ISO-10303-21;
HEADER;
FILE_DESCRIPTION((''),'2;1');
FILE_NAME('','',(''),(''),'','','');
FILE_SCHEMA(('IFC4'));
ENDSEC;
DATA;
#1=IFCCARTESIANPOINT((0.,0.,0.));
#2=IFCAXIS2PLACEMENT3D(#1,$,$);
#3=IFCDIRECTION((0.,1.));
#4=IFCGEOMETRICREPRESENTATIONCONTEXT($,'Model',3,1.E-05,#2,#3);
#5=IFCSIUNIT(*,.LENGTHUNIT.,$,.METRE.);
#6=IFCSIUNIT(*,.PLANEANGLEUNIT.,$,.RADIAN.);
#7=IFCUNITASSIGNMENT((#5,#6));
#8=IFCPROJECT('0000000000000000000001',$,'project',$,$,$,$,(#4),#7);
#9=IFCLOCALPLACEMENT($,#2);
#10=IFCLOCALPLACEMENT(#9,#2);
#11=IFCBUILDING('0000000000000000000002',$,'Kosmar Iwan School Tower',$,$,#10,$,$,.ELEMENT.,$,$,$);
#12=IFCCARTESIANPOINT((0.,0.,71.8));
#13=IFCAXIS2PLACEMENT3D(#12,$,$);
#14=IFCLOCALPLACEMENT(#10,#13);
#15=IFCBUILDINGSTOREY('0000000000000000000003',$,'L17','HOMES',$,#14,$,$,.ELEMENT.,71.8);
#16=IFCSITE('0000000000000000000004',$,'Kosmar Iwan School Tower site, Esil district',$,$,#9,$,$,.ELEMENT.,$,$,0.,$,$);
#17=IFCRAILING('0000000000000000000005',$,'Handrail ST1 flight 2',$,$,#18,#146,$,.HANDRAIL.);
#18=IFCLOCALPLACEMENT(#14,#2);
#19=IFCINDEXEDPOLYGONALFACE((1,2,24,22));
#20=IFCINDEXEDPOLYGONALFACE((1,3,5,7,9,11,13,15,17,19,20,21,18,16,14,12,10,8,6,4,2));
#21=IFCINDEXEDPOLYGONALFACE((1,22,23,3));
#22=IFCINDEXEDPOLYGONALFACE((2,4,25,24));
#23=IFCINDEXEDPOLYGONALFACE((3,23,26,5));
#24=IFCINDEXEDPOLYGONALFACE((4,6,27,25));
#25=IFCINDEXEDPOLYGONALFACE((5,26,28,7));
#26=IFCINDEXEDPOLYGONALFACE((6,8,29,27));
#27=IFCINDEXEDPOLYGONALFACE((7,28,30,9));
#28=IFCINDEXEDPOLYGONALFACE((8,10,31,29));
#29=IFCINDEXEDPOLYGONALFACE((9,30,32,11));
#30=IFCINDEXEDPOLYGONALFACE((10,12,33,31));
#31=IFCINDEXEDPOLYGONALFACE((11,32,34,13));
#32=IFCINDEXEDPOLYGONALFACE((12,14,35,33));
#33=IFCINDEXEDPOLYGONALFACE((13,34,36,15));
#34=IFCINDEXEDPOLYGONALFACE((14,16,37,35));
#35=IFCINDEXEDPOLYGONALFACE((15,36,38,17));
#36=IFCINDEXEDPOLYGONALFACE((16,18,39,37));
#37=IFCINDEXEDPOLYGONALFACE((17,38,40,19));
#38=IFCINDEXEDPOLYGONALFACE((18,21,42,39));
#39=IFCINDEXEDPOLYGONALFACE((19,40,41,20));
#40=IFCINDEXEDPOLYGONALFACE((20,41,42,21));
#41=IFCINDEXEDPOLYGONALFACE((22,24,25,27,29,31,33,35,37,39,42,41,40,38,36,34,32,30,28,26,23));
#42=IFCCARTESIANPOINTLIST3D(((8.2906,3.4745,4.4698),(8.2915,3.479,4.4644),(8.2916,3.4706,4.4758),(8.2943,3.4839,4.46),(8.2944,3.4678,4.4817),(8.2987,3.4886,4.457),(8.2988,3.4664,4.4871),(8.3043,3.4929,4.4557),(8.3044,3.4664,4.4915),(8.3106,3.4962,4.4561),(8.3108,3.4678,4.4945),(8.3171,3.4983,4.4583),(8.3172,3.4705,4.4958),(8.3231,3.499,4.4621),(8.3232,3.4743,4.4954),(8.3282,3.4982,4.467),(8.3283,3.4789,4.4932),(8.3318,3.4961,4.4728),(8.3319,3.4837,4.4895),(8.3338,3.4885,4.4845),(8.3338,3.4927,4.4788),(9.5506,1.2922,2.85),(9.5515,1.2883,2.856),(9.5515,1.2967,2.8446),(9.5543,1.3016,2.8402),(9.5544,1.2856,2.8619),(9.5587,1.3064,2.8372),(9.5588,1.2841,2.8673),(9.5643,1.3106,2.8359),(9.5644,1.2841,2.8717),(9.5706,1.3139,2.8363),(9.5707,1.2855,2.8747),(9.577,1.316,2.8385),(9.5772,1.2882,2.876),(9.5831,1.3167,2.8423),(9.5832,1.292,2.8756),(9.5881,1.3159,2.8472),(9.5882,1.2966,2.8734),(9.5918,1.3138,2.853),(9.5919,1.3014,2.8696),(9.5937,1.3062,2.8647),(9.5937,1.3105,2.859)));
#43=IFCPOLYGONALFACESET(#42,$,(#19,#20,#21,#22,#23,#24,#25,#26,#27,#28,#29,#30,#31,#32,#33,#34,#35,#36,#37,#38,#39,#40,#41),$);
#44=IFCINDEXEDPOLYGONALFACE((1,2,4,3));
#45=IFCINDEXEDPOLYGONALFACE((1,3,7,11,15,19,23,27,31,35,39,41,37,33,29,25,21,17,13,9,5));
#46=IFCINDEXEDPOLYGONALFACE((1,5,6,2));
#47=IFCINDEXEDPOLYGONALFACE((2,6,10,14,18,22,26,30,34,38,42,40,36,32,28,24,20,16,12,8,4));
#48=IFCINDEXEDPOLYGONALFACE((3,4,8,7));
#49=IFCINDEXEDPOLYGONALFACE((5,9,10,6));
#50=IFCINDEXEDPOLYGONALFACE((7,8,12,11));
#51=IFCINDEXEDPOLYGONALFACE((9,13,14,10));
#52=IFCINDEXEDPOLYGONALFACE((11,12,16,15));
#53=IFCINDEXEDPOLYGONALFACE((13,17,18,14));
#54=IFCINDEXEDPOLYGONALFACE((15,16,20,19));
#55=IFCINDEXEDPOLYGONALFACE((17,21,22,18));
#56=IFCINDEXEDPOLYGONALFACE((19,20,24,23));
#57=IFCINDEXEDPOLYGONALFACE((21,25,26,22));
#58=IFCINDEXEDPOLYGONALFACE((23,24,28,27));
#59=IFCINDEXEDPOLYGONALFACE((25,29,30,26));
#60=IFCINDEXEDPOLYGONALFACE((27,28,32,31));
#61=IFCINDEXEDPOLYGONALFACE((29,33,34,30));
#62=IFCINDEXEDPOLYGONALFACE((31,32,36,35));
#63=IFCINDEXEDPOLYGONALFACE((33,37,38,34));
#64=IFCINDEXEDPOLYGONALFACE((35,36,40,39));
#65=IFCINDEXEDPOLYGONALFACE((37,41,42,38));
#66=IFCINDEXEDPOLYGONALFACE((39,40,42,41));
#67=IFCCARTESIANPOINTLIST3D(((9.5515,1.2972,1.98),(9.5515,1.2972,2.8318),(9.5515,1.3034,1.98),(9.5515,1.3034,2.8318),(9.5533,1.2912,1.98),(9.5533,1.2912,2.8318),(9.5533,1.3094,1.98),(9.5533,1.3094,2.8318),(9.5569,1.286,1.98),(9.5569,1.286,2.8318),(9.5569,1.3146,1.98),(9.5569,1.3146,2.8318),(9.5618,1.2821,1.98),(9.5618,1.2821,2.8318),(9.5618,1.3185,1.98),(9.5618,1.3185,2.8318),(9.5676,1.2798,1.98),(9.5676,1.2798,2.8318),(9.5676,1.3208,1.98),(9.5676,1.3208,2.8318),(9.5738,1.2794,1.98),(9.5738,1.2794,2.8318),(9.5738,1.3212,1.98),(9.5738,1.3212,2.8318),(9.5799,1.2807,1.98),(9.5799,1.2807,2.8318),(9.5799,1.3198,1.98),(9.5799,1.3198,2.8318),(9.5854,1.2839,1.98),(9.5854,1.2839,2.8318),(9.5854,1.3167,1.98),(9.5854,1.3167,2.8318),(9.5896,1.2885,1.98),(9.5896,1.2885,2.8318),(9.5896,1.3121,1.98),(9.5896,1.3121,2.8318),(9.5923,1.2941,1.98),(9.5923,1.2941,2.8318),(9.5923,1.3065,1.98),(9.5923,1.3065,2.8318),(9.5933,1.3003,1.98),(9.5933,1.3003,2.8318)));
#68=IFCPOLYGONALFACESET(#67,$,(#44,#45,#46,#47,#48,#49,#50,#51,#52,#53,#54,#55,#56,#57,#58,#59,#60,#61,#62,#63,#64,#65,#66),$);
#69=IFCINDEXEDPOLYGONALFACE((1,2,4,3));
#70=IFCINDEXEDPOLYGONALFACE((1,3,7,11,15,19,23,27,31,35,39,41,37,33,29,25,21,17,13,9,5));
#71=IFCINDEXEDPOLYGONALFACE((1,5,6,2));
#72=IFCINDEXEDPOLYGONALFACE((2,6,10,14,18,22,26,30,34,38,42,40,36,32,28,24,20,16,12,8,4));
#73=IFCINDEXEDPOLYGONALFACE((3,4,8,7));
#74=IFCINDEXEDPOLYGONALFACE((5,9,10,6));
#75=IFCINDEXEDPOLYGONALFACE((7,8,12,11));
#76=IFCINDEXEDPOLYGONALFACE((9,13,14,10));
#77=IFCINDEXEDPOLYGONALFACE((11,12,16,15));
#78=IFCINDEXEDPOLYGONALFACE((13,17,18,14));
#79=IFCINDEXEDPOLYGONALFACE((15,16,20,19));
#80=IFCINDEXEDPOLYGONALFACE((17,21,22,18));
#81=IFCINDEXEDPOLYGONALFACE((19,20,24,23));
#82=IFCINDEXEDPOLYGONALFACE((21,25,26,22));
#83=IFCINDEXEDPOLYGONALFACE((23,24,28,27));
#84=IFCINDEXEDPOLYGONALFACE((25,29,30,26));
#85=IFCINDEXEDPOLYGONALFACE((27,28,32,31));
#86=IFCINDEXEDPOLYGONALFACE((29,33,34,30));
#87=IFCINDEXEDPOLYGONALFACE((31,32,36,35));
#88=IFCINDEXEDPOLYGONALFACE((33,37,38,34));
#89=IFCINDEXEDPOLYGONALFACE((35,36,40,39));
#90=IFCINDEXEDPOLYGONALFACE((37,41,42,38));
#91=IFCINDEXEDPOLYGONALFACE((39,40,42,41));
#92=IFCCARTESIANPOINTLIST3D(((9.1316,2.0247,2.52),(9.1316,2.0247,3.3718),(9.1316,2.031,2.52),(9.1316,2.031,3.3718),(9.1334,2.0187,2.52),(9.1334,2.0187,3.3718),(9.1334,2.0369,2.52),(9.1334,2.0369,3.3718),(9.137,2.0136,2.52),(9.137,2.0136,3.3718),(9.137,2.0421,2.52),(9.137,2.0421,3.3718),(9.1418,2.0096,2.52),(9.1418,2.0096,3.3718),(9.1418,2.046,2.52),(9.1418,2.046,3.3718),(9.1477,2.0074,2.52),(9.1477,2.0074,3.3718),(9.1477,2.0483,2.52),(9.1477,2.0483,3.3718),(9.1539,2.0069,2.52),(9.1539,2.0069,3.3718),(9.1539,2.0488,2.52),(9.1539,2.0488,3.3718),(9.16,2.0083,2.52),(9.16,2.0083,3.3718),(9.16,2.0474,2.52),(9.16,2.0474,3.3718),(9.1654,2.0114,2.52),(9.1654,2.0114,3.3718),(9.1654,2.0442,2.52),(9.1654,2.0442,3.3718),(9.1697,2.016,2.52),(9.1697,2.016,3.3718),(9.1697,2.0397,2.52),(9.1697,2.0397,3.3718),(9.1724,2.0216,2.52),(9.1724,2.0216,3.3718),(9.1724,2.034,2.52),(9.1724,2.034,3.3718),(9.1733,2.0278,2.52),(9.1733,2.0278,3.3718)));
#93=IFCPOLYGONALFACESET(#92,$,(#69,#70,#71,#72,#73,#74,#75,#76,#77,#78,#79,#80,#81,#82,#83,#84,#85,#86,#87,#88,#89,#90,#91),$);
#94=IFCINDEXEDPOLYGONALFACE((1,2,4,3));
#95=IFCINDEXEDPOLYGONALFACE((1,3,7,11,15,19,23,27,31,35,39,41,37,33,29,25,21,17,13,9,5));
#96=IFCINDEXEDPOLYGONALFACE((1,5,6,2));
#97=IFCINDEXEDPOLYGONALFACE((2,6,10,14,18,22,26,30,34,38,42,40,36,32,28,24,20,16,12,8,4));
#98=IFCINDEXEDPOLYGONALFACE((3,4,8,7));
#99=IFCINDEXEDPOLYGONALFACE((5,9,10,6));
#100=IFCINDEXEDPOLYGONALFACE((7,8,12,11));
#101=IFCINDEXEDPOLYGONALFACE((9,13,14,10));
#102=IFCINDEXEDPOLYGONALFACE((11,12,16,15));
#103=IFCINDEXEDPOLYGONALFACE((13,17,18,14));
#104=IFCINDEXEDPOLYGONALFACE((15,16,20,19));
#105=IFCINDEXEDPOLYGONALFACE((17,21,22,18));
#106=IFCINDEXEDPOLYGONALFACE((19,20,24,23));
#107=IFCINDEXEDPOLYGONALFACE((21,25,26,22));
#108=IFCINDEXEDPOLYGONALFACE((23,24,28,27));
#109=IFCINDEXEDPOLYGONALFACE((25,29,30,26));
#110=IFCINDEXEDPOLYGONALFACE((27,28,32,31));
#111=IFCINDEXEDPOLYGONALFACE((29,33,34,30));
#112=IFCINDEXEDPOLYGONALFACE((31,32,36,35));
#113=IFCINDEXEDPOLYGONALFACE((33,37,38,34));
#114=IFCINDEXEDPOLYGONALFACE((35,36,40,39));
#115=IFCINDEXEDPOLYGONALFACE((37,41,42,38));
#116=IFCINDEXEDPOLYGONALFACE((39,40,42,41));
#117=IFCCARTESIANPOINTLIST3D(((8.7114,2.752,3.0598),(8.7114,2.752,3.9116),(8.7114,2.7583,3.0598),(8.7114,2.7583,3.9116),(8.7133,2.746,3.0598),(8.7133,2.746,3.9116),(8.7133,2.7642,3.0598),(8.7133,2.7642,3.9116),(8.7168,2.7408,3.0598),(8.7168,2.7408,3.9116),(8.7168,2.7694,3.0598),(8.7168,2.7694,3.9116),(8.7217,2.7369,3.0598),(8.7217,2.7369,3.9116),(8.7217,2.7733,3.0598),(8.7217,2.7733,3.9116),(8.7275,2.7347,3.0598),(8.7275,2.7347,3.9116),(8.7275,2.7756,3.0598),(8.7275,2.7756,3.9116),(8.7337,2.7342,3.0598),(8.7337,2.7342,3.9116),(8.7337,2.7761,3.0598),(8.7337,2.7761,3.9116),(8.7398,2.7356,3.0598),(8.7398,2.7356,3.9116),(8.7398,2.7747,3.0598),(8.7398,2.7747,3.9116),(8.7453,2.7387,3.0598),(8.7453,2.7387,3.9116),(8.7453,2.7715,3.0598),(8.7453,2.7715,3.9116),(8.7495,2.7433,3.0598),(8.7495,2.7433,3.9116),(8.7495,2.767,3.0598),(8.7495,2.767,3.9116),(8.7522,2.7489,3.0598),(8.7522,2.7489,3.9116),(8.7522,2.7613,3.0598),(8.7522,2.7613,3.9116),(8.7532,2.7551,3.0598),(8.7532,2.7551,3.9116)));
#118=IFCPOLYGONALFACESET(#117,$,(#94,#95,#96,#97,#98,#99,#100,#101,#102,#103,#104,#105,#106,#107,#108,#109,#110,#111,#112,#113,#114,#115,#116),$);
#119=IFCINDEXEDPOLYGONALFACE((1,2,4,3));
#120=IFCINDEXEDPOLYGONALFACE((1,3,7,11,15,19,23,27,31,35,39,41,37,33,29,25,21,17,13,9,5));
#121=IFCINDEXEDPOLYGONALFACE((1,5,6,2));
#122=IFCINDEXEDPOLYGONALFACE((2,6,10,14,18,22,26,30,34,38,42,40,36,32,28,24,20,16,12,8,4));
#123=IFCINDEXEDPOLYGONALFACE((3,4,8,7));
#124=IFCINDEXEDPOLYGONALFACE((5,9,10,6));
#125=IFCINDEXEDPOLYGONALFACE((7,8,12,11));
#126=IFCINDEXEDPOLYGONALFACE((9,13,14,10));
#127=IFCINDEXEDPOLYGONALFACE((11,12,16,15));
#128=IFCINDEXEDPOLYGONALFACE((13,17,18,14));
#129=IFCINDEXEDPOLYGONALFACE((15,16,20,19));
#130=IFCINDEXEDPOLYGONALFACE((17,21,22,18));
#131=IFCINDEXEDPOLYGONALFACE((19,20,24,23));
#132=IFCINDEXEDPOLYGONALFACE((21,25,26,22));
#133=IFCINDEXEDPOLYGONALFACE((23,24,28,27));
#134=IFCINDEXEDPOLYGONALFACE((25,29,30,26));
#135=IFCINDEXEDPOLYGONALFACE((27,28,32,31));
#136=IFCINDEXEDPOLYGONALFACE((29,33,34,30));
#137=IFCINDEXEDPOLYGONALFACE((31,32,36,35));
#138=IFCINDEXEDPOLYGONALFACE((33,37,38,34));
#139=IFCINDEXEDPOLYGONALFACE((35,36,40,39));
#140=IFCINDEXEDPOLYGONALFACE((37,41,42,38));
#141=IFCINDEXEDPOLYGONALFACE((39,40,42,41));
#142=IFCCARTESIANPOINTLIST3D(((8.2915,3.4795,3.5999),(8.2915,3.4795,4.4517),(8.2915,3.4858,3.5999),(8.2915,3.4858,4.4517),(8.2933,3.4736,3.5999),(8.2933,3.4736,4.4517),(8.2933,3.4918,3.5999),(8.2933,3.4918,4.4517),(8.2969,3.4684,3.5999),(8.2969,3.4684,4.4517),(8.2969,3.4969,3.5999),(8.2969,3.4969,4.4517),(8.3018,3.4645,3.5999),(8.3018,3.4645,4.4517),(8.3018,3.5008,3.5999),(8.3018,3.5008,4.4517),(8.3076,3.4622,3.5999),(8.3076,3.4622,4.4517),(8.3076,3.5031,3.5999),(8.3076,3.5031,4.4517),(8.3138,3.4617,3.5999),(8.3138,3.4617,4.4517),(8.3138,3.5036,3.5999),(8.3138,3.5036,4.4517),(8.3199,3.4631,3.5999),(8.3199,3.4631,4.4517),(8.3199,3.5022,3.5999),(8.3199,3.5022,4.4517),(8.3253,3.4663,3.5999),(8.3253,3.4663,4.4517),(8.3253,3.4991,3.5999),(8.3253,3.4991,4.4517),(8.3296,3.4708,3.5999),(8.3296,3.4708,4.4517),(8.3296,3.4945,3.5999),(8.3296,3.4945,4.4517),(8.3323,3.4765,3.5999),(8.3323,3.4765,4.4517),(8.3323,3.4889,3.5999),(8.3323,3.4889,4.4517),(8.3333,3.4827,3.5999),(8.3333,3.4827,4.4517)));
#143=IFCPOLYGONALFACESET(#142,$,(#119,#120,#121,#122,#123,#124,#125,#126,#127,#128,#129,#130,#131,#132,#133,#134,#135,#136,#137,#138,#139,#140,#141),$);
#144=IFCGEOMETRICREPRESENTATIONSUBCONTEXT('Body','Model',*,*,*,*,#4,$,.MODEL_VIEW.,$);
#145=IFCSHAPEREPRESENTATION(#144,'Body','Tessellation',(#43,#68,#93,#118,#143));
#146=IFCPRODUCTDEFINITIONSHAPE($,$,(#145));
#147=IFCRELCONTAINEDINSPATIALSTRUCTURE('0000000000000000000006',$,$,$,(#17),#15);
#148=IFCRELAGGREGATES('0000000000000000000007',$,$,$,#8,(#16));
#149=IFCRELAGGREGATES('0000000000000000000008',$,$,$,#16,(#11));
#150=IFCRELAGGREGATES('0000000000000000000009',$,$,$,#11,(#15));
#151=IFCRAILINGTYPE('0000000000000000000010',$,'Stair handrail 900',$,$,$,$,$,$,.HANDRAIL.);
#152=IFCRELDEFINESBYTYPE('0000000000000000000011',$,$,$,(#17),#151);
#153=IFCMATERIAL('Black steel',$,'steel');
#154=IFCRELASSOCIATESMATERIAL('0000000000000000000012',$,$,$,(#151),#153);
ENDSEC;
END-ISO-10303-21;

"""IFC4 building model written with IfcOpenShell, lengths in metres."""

from ifc_helpers import new_model, si_unit, direction, frame, origin, origin_2d, place, context, subcontext, project, spatial, circle, extrude, material, type_object, element, save


model = new_model("IFC4")

# Units and contexts
model_context = context("Model", 3, precision=1e-05, world=origin(), true_north=direction((0.0, 1.0)))
body_context = subcontext(model_context, "Body", "Model", "MODEL_VIEW")
ifc_project = project(units=[si_unit("LENGTHUNIT", "METRE"), si_unit("PLANEANGLEUNIT", "RADIAN")], contexts=[model_context])

# Site, building, storey
site_placement = place(None, origin())
site = spatial("IfcSite", under=ifc_project, at=site_placement, Name="Kosmar Iwan School Tower site, Esil district", CompositionType="ELEMENT", RefElevation=0.0)
building_placement = place(site_placement, origin())
building = spatial("IfcBuilding", under=site, at=building_placement, Name="Kosmar Iwan School Tower", CompositionType="ELEMENT")
storey_placement = place(building_placement, frame((0.0, 0.0, 71.8)))
storey = spatial("IfcBuildingStorey", under=building, at=storey_placement, Name="L17", Description="HOMES", CompositionType="ELEMENT", Elevation=71.8)

# Railing
ifc_material_1 = material(Name="Black steel", Category="steel")
railing_type = type_object("IfcRailingType", Name="Stair handrail 900", PredefinedType="HANDRAIL", material=ifc_material_1)
railing_placement = place(storey_placement, frame((9.5723, 1.3003, 1.98)))
element("IfcRailing", 1, at=railing_placement, inside=storey, type_object=railing_type, Name="Handrail ST1 flight 2", PredefinedType="HANDRAIL", context=body_context, shape_type="SweptSolid", body=[
    extrude(circle(Radius=0.0239, at=origin_2d()), frame((0.0, 0.0, 0.876), z_axis=(-0.420603, 0.728496, 0.540728), x_axis=(-0.866023, -0.500005, 0.0)), (0.0, 0.0, 1.0), 2.9956),
    extrude(circle(Radius=0.021, at=origin_2d()), origin(), (0.0, 0.0, 1.0), 0.8518),
    extrude(circle(Radius=0.021, at=origin_2d()), frame((-0.4199, 0.7275, 0.54)), (0.0, 0.0, 1.0), 0.8518),
    extrude(circle(Radius=0.021, at=origin_2d()), frame((-0.8401, 1.4548, 1.0798)), (0.0, 0.0, 1.0), 0.8518),
    extrude(circle(Radius=0.021, at=origin_2d()), frame((-1.26, 2.1824, 1.6199)), (0.0, 0.0, 1.0), 0.8518),
])

save(model, "model.ifc")
